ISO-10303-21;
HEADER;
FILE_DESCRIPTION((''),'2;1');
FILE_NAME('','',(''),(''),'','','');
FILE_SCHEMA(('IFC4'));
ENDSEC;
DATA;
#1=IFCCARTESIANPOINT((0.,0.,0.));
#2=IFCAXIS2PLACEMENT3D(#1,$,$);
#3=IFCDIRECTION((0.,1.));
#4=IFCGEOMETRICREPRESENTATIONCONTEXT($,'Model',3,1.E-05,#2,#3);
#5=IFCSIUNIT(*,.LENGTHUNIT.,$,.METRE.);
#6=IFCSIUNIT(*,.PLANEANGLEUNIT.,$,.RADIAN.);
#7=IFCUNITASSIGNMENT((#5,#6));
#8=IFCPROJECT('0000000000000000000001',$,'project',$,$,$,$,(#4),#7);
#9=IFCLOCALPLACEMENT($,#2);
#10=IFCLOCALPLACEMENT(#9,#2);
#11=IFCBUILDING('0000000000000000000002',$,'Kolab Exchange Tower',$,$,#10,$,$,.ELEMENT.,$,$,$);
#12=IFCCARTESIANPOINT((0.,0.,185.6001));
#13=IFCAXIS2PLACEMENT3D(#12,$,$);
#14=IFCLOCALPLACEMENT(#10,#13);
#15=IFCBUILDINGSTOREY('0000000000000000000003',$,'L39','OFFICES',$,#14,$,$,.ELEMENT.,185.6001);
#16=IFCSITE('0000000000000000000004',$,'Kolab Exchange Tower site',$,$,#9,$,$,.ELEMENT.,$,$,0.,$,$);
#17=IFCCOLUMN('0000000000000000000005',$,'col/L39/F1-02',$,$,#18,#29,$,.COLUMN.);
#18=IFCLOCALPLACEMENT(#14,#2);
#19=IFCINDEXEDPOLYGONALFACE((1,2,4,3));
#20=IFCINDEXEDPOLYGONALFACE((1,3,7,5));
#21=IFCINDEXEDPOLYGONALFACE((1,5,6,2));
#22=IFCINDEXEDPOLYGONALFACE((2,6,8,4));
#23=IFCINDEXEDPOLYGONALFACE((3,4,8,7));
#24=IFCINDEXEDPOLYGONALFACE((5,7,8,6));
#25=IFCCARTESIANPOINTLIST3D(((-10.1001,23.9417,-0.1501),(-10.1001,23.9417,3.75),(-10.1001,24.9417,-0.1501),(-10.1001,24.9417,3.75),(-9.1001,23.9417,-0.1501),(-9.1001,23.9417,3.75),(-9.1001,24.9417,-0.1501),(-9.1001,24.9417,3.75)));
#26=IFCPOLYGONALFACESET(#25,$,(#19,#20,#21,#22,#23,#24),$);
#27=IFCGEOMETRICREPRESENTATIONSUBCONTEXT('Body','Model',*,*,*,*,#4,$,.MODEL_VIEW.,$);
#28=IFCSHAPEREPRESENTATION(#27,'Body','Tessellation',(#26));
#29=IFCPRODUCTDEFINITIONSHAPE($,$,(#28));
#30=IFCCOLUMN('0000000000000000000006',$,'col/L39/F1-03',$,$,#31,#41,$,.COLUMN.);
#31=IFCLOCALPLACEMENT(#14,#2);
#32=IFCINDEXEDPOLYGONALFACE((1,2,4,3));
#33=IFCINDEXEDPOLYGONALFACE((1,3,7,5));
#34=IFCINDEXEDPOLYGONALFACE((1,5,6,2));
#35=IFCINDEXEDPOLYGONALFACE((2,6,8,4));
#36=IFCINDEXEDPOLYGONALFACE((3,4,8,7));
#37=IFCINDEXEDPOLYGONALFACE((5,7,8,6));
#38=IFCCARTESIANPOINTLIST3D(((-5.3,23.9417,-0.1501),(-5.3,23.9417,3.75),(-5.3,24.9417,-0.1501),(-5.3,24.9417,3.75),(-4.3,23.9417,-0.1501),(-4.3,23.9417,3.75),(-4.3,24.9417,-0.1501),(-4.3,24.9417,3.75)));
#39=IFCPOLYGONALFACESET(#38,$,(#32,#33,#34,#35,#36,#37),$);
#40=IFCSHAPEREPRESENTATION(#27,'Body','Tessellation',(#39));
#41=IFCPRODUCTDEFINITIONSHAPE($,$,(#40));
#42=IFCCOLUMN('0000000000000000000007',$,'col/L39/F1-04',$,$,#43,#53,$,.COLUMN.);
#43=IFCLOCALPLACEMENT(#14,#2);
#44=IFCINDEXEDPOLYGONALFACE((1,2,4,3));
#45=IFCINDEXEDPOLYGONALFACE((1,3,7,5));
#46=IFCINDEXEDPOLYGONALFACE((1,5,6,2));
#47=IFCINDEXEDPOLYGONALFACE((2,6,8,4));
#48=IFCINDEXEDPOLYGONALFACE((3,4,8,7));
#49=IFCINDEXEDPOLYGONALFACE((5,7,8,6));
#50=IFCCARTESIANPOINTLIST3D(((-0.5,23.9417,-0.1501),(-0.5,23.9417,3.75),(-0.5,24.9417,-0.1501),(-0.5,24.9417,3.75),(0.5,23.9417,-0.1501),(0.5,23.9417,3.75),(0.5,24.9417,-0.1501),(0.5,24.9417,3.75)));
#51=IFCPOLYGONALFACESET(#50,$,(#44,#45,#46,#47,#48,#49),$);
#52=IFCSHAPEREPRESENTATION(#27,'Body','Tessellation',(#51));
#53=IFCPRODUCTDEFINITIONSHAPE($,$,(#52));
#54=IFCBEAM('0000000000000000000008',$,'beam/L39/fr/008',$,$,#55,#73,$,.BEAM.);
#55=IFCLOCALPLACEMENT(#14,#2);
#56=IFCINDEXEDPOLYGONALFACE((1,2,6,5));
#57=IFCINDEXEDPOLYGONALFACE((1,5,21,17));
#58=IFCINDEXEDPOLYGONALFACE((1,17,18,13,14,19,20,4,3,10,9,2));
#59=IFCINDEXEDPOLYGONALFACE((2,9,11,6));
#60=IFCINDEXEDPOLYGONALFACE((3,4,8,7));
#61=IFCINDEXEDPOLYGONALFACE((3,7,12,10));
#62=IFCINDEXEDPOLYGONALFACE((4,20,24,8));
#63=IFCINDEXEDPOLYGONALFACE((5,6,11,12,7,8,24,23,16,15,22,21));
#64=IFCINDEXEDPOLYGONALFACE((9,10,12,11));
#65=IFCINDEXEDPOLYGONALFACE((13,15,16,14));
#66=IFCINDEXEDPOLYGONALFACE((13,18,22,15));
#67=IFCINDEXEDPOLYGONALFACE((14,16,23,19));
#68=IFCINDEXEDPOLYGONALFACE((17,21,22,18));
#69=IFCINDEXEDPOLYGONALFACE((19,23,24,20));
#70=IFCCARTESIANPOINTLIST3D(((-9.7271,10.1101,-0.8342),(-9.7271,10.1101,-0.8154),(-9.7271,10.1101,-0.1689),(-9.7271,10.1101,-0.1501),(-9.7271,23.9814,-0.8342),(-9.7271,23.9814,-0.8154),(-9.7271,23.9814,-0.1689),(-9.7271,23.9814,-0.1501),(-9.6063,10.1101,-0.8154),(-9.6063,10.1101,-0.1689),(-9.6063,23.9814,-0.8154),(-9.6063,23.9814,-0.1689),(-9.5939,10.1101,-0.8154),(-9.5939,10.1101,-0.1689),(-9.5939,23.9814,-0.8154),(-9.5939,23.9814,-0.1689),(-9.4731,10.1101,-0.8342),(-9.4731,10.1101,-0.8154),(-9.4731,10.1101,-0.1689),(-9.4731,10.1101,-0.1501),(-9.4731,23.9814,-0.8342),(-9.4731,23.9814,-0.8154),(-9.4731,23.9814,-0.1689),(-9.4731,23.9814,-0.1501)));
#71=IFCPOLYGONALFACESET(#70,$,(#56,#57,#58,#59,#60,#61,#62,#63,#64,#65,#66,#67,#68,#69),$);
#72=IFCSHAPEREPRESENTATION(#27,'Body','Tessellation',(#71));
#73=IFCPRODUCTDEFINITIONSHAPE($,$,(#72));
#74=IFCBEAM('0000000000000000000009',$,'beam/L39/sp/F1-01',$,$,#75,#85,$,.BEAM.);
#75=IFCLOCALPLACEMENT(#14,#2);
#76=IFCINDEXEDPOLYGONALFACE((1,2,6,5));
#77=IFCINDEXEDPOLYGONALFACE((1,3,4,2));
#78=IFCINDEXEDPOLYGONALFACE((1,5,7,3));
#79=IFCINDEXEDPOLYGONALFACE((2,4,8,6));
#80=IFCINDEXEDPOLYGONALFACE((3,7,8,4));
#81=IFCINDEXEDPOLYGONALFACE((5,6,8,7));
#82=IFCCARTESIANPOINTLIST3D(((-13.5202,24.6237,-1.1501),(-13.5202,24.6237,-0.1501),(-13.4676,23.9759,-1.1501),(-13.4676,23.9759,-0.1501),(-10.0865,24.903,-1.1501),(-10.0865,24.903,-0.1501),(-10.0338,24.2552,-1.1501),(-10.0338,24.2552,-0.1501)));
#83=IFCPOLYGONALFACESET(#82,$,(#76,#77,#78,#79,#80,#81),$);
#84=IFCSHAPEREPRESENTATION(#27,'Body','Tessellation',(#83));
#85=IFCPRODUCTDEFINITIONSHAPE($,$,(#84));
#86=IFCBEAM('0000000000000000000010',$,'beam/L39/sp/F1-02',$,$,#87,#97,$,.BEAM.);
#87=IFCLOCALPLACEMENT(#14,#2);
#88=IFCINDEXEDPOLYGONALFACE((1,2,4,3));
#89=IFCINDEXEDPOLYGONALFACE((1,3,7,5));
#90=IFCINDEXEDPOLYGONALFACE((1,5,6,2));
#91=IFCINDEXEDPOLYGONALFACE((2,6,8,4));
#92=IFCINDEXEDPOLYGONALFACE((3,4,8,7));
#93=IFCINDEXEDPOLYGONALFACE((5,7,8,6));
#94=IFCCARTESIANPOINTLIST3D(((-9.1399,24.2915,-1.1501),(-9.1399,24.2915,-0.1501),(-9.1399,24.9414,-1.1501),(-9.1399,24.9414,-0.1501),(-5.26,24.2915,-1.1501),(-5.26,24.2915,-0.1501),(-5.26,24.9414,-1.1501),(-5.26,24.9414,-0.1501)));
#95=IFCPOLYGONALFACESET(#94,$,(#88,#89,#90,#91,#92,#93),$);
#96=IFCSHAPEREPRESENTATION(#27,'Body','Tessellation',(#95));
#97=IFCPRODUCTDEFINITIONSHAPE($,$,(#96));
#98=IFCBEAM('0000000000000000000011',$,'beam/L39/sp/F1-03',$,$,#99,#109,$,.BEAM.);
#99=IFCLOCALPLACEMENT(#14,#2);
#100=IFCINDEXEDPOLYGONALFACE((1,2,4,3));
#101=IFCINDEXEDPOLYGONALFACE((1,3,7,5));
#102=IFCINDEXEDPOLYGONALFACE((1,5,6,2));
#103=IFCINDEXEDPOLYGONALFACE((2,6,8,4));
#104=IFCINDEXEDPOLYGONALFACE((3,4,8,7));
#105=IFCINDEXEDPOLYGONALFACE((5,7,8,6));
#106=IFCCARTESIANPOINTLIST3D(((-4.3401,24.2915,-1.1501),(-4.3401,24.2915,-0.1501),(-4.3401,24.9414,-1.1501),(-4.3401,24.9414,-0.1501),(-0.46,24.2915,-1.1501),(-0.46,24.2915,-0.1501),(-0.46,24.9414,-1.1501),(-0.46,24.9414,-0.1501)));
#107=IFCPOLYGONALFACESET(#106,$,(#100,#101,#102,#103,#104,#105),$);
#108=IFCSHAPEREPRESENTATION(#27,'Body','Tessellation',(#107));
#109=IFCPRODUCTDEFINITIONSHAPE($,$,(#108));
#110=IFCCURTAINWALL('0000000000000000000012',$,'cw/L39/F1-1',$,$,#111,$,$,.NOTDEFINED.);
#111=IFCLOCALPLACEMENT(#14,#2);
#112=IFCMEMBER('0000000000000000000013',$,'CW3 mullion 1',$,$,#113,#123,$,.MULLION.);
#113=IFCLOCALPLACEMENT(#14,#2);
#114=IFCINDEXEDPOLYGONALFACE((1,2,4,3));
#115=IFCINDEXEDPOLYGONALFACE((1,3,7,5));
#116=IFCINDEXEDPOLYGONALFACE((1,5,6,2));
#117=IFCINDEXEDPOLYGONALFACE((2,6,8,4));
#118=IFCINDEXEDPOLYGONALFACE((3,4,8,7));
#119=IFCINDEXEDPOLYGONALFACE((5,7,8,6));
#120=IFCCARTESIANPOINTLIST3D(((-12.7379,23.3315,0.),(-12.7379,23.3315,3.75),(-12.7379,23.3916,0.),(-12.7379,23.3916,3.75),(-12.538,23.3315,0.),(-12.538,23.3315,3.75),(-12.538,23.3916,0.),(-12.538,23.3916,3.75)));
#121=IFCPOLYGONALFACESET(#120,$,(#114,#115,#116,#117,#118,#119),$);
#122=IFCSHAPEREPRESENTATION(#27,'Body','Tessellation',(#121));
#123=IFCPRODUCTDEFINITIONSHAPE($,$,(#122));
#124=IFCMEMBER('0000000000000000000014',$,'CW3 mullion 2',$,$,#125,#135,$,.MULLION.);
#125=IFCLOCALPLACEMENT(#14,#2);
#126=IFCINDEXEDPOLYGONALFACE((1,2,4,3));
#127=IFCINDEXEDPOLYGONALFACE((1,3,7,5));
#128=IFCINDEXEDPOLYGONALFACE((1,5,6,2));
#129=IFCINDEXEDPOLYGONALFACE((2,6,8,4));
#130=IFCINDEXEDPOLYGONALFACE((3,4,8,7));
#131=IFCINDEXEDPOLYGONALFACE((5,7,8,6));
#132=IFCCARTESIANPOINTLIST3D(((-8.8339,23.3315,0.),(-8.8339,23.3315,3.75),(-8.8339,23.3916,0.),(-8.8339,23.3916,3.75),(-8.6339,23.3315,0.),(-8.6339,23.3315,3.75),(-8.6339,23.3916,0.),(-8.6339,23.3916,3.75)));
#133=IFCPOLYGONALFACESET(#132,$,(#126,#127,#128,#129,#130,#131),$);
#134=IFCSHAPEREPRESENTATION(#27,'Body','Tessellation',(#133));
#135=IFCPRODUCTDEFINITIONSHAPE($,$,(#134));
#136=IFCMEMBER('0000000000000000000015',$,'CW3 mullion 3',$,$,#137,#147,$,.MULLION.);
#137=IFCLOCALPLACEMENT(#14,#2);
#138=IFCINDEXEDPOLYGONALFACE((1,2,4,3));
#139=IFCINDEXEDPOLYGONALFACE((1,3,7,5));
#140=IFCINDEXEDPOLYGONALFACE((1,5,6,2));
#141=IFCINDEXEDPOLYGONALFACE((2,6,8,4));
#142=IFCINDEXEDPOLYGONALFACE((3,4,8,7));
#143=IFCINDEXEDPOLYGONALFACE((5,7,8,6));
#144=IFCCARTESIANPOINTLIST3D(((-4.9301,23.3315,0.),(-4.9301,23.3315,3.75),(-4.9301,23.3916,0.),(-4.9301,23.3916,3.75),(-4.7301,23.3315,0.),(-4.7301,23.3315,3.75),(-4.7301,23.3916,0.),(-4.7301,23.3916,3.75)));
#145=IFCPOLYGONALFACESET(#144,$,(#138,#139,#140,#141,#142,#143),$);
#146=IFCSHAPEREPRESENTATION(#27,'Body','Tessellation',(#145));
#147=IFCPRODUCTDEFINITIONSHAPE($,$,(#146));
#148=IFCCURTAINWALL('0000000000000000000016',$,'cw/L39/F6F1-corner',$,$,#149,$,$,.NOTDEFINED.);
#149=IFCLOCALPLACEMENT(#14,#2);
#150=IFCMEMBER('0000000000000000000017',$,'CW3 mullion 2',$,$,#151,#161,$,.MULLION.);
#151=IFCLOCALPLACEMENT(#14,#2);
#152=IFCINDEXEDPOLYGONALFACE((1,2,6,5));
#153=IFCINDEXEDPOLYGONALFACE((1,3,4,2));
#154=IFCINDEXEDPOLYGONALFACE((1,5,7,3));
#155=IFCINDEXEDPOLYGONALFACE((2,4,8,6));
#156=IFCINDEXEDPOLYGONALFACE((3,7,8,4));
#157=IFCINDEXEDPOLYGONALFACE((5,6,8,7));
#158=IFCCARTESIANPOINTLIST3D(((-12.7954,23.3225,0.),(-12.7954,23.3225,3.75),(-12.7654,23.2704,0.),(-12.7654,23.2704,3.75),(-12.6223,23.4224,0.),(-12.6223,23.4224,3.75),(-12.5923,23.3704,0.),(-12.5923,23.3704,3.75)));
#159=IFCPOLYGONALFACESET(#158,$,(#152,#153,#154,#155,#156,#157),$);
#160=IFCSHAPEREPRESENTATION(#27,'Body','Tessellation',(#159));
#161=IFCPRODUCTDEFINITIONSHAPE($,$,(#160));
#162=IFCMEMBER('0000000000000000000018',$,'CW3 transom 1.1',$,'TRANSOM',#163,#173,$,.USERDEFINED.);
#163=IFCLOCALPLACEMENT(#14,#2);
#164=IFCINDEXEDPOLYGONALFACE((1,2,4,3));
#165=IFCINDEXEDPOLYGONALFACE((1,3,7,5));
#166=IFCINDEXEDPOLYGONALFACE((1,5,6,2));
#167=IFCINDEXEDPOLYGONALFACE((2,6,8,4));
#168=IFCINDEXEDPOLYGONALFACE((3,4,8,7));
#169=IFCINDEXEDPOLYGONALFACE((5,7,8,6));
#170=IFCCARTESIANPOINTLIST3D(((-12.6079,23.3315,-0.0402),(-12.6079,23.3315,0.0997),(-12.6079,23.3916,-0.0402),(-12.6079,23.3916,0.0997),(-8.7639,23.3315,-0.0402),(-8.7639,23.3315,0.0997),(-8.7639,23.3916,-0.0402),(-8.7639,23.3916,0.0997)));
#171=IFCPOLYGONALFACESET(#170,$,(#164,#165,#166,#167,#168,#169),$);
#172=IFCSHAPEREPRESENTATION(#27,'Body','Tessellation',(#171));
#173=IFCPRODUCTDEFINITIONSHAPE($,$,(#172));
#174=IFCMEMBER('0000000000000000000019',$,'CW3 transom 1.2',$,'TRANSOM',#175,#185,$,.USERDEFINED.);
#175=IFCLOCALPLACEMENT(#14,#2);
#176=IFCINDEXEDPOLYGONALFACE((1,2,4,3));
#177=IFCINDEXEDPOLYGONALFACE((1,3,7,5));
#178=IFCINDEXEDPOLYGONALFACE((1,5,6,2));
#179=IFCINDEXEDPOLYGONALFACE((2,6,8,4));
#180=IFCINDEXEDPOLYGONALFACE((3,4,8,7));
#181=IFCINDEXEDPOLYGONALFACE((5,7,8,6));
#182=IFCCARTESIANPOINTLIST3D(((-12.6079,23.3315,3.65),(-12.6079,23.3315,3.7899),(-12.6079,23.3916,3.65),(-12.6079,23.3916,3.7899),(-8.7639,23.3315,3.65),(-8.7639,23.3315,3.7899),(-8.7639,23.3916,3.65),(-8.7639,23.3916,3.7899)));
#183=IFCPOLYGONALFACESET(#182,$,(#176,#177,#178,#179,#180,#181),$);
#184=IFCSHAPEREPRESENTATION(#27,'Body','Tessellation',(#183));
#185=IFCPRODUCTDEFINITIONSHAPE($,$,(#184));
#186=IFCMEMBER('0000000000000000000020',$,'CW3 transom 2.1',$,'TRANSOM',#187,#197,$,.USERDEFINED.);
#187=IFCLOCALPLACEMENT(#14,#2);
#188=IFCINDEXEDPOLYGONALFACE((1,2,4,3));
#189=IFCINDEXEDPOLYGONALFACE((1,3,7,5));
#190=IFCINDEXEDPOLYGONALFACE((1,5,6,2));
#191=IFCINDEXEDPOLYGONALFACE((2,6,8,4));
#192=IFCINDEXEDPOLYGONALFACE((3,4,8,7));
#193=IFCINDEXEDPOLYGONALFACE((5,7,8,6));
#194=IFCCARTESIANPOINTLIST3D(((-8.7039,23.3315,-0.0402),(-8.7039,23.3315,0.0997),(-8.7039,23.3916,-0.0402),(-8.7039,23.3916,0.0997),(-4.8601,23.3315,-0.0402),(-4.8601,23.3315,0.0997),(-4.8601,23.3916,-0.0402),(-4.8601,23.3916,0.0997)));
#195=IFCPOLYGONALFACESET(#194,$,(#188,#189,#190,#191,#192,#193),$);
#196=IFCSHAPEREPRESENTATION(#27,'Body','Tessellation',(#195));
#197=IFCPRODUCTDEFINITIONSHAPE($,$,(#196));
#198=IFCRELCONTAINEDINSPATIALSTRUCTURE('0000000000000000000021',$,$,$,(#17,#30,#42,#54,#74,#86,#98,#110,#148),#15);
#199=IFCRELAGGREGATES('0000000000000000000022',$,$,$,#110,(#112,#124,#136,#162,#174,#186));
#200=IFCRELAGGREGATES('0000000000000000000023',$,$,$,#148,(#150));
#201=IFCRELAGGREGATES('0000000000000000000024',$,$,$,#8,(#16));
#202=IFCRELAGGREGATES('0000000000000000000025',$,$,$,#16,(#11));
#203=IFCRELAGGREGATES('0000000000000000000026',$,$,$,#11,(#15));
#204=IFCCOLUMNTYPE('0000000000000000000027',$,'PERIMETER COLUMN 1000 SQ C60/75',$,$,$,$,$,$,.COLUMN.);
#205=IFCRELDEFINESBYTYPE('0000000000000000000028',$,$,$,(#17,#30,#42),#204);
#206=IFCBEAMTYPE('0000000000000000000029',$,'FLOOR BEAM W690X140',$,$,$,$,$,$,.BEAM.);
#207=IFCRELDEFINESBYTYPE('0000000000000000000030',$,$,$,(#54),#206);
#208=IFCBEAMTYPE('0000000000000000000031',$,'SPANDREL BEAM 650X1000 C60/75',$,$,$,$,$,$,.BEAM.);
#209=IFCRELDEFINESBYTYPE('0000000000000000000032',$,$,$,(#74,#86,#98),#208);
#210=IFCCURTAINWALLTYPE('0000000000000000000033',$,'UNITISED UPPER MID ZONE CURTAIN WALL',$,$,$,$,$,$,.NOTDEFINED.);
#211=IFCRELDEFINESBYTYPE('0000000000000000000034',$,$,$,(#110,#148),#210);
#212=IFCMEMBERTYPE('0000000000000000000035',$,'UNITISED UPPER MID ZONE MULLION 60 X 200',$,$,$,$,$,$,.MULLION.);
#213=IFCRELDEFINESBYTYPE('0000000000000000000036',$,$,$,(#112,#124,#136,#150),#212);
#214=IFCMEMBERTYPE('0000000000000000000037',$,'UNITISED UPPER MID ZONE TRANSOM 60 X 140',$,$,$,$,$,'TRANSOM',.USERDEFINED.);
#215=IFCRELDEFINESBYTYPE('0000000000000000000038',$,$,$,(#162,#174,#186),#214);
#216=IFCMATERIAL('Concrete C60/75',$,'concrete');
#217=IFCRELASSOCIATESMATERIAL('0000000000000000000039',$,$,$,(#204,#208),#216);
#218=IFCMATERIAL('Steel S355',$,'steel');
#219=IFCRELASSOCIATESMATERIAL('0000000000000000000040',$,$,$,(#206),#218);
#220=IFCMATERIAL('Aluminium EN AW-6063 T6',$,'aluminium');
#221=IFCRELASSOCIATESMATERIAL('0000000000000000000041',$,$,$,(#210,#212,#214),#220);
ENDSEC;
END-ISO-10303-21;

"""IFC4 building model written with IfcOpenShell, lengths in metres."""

from ifc_helpers import new_model, si_unit, direction, frame, origin, origin_2d, place, context, subcontext, project, spatial, rectangle, i_section, extrude, material, material_profile, profile_set, type_object, element, aggregate, save


model = new_model("IFC4")

# Units and contexts
model_context = context("Model", 3, precision=1e-05, world=origin(), true_north=direction((0.0, 1.0)))
body_context = subcontext(model_context, "Body", "Model", "MODEL_VIEW")
ifc_project = project(units=[si_unit("LENGTHUNIT", "METRE"), si_unit("PLANEANGLEUNIT", "RADIAN")], contexts=[model_context])

# Site, building, storey
site_placement = place(None, origin())
site = spatial("IfcSite", under=ifc_project, at=site_placement, Name="Kolab Exchange Tower site", CompositionType="ELEMENT", RefElevation=0.0)
building_placement = place(site_placement, origin())
building = spatial("IfcBuilding", under=site, at=building_placement, Name="Kolab Exchange Tower", CompositionType="ELEMENT")
storey_placement = place(building_placement, frame((0.0, 0.0, 185.6001)))
storey = spatial("IfcBuildingStorey", under=building, at=storey_placement, Name="L39", Description="OFFICES", CompositionType="ELEMENT", Elevation=185.6001)

# Columns
ifc_material_1 = material(Name="Concrete C60/75", Category="concrete")
ifc_material_profile_1 = material_profile(ifc_material_1, rectangle(XDim=1.0, YDim=1.0, at=origin_2d()), Name="RC1000")
ifc_profile_set_1 = profile_set([ifc_material_profile_1], Name="Concrete C60/75")
column_type = type_object("IfcColumnType", Name="PERIMETER COLUMN 1000 SQ C60/75", PredefinedType="COLUMN", material=ifc_profile_set_1)
for number, where, z_axis, x_axis, name in (
    (1, (-9.6001, 24.4417, -0.1501), (0.0, 0.0, 1.0), (1.0, 0.0, 0.0), "col/L39/F1-02"),
    (2, (-4.8, 24.4417, -0.1501), (0.0, 0.0, 1.0), (1.0, 0.0, 0.0), "col/L39/F1-03"),
    (3, (0.0, 24.4417, -0.1501), (0.0, 0.0, 1.0), (1.0, 0.0, 0.0), "col/L39/F1-04"),
):
    element("IfcColumn", number, at=place(storey_placement, frame(where, z_axis=z_axis, x_axis=x_axis)), inside=storey, type_object=column_type, Name=name, PredefinedType="COLUMN", context=body_context, shape_type="SweptSolid", body=[
        extrude(rectangle(XDim=1.0, YDim=1.0, at=origin_2d()), origin(), (0.0, 0.0, 1.0), 3.9001),
    ])

# Beams
ifc_material_2 = material(Name="Steel S355", Category="steel")
ifc_material_profile_2 = material_profile(ifc_material_2, i_section(OverallWidth=0.2539, OverallDepth=0.6841, WebThickness=0.0125, FlangeThickness=0.0188, at=origin_2d()), Name="W690X140")
ifc_profile_set_2 = profile_set([ifc_material_profile_2], Name="Steel S355")
beam_type_1 = type_object("IfcBeamType", Name="FLOOR BEAM W690X140", PredefinedType="BEAM", material=ifc_profile_set_2)
beam_1_placement = place(storey_placement, frame((-9.6001, 10.1101, -0.4922), z_axis=(0.0, 1.0, 0.0), x_axis=(-1.0, 0.0, 0.0)))
element("IfcBeam", 4, at=beam_1_placement, inside=storey, type_object=beam_type_1, Name="beam/L39/fr/008", PredefinedType="BEAM", context=body_context, shape_type="SweptSolid", body=[
    extrude(i_section(OverallWidth=0.2539, OverallDepth=0.6841, WebThickness=0.0125, FlangeThickness=0.0188, at=origin_2d()), origin(), (0.0, 0.0, 1.0), 13.8713),
])
ifc_material_profile_3 = material_profile(ifc_material_1, rectangle(XDim=0.6499, YDim=1.0, at=origin_2d()), Name="RC650X1000")
ifc_profile_set_3 = profile_set([ifc_material_profile_3], Name="Concrete C60/75")
beam_type_2 = type_object("IfcBeamType", Name="SPANDREL BEAM 650X1000 C60/75", PredefinedType="BEAM", material=ifc_profile_set_3)
beam_2_placement = place(storey_placement, frame((-13.4939, 24.2998, -0.6501), z_axis=(0.996708, 0.081069, 0.0), x_axis=(-0.081069, 0.996708, 0.0)))
element("IfcBeam", 5, at=beam_2_placement, inside=storey, type_object=beam_type_2, Name="beam/L39/sp/F1-01", PredefinedType="BEAM", context=body_context, shape_type="SweptSolid", body=[
    extrude(rectangle(XDim=0.6499, YDim=1.0, at=origin_2d()), origin(), (0.0, 0.0, 1.0), 3.4451),
])
beam_3_placement = place(storey_placement, frame((-9.1399, 24.6165, -0.6501), z_axis=(1.0, 0.0, 0.0), x_axis=(0.0, 1.0, 0.0)))
element("IfcBeam", 6, at=beam_3_placement, inside=storey, type_object=beam_type_2, Name="beam/L39/sp/F1-02", PredefinedType="BEAM", context=body_context, shape_type="SweptSolid", body=[
    extrude(rectangle(XDim=0.6499, YDim=1.0, at=origin_2d()), origin(), (0.0, 0.0, 1.0), 3.8799),
])
beam_4_placement = place(storey_placement, frame((-4.3401, 24.6165, -0.6501), z_axis=(1.0, 0.0, 0.0), x_axis=(0.0, 1.0, 0.0)))
element("IfcBeam", 7, at=beam_4_placement, inside=storey, type_object=beam_type_2, Name="beam/L39/sp/F1-03", PredefinedType="BEAM", context=body_context, shape_type="SweptSolid", body=[
    extrude(rectangle(XDim=0.6499, YDim=1.0, at=origin_2d()), origin(), (0.0, 0.0, 1.0), 3.8801),
])

# Curtain wall, members
ifc_material_3 = material(Name="Aluminium EN AW-6063 T6", Category="aluminium")
curtain_wall_type = type_object("IfcCurtainWallType", Name="UNITISED UPPER MID ZONE CURTAIN WALL", PredefinedType="NOTDEFINED", material=ifc_material_3)
curtain_wall_1_placement = place(storey_placement, origin())
curtain_wall_1 = element("IfcCurtainWall", 8, at=curtain_wall_1_placement, inside=storey, type_object=curtain_wall_type, Name="cw/L39/F1-1", PredefinedType="NOTDEFINED")
ifc_material_profile_4 = material_profile(ifc_material_3, rectangle(XDim=0.0601, YDim=0.2, at=origin_2d()), Name="RECT 60X200")
ifc_profile_set_4 = profile_set([ifc_material_profile_4], Name="Aluminium EN AW-6063 T6")
member_type_1 = type_object("IfcMemberType", Name="UNITISED UPPER MID ZONE MULLION 60 X 200", PredefinedType="MULLION", material=ifc_profile_set_4)
member_1_placement = place(storey_placement, frame((-12.6379, 23.3616, 0.0), z_axis=(0.0, 0.0, 1.0), x_axis=(0.0, 1.0, 0.0)))
member_1 = element("IfcMember", 9, at=member_1_placement, type_object=member_type_1, Name="CW3 mullion 1", PredefinedType="MULLION", context=body_context, shape_type="SweptSolid", body=[
    extrude(rectangle(XDim=0.0601, YDim=0.2, at=origin_2d()), origin(), (0.0, 0.0, 1.0), 3.75),
])
member_2_placement = place(storey_placement, frame((-8.7339, 23.3616, 0.0), z_axis=(0.0, 0.0, 1.0), x_axis=(0.0, 1.0, 0.0)))
member_2 = element("IfcMember", 10, at=member_2_placement, type_object=member_type_1, Name="CW3 mullion 2", PredefinedType="MULLION", context=body_context, shape_type="SweptSolid", body=[
    extrude(rectangle(XDim=0.0601, YDim=0.2, at=origin_2d()), origin(), (0.0, 0.0, 1.0), 3.75),
])
member_3_placement = place(storey_placement, frame((-4.8301, 23.3616, 0.0), z_axis=(0.0, 0.0, 1.0), x_axis=(0.0, 1.0, 0.0)))
member_3 = element("IfcMember", 11, at=member_3_placement, type_object=member_type_1, Name="CW3 mullion 3", PredefinedType="MULLION", context=body_context, shape_type="SweptSolid", body=[
    extrude(rectangle(XDim=0.0601, YDim=0.2, at=origin_2d()), origin(), (0.0, 0.0, 1.0), 3.75),
])

# Curtain wall, member
curtain_wall_2_placement = place(storey_placement, origin())
curtain_wall_2 = element("IfcCurtainWall", 12, at=curtain_wall_2_placement, inside=storey, type_object=curtain_wall_type, Name="cw/L39/F6F1-corner", PredefinedType="NOTDEFINED")
member_4_placement = place(storey_placement, frame((-12.6938, 23.3464, 0.0), z_axis=(0.0, 0.0, 1.0), x_axis=(-0.5, 0.866025, 0.0)))
member_4 = element("IfcMember", 13, at=member_4_placement, type_object=member_type_1, Name="CW3 mullion 2", PredefinedType="MULLION", context=body_context, shape_type="SweptSolid", body=[
    extrude(rectangle(XDim=0.0601, YDim=0.2, at=origin_2d()), origin(), (0.0, 0.0, 1.0), 3.75),
])

# Members
ifc_material_profile_5 = material_profile(ifc_material_3, rectangle(XDim=0.0601, YDim=0.1399, at=origin_2d()), Name="RECT 60X140")
ifc_profile_set_5 = profile_set([ifc_material_profile_5], Name="Aluminium EN AW-6063 T6")
member_type_2 = type_object("IfcMemberType", Name="UNITISED UPPER MID ZONE TRANSOM 60 X 140", ElementType="TRANSOM", PredefinedType="USERDEFINED", material=ifc_profile_set_5)
member_5_placement = place(storey_placement, frame((-12.6079, 23.3616, 0.0298), z_axis=(1.0, 0.0, 0.0), x_axis=(0.0, 1.0, 0.0)))
member_5 = element("IfcMember", 14, at=member_5_placement, type_object=member_type_2, Name="CW3 transom 1.1", ObjectType="TRANSOM", PredefinedType="USERDEFINED", context=body_context, shape_type="SweptSolid", body=[
    extrude(rectangle(XDim=0.0601, YDim=0.1399, at=origin_2d()), origin(), (0.0, 0.0, 1.0), 3.844),
])
member_6_placement = place(storey_placement, frame((-12.6079, 23.3616, 3.72), z_axis=(1.0, 0.0, 0.0), x_axis=(0.0, 1.0, 0.0)))
member_6 = element("IfcMember", 15, at=member_6_placement, type_object=member_type_2, Name="CW3 transom 1.2", ObjectType="TRANSOM", PredefinedType="USERDEFINED", context=body_context, shape_type="SweptSolid", body=[
    extrude(rectangle(XDim=0.0601, YDim=0.1399, at=origin_2d()), origin(), (0.0, 0.0, 1.0), 3.844),
])
member_7_placement = place(storey_placement, frame((-8.7039, 23.3616, 0.0298), z_axis=(1.0, 0.0, 0.0), x_axis=(0.0, 1.0, 0.0)))
member_7 = element("IfcMember", 16, at=member_7_placement, type_object=member_type_2, Name="CW3 transom 2.1", ObjectType="TRANSOM", PredefinedType="USERDEFINED", context=body_context, shape_type="SweptSolid", body=[
    extrude(rectangle(XDim=0.0601, YDim=0.1399, at=origin_2d()), origin(), (0.0, 0.0, 1.0), 3.8438),
])

aggregate(curtain_wall_1, [member_1, member_2, member_3, member_5, member_6, member_7])
aggregate(curtain_wall_2, [member_4])

save(model, "model.ifc")
